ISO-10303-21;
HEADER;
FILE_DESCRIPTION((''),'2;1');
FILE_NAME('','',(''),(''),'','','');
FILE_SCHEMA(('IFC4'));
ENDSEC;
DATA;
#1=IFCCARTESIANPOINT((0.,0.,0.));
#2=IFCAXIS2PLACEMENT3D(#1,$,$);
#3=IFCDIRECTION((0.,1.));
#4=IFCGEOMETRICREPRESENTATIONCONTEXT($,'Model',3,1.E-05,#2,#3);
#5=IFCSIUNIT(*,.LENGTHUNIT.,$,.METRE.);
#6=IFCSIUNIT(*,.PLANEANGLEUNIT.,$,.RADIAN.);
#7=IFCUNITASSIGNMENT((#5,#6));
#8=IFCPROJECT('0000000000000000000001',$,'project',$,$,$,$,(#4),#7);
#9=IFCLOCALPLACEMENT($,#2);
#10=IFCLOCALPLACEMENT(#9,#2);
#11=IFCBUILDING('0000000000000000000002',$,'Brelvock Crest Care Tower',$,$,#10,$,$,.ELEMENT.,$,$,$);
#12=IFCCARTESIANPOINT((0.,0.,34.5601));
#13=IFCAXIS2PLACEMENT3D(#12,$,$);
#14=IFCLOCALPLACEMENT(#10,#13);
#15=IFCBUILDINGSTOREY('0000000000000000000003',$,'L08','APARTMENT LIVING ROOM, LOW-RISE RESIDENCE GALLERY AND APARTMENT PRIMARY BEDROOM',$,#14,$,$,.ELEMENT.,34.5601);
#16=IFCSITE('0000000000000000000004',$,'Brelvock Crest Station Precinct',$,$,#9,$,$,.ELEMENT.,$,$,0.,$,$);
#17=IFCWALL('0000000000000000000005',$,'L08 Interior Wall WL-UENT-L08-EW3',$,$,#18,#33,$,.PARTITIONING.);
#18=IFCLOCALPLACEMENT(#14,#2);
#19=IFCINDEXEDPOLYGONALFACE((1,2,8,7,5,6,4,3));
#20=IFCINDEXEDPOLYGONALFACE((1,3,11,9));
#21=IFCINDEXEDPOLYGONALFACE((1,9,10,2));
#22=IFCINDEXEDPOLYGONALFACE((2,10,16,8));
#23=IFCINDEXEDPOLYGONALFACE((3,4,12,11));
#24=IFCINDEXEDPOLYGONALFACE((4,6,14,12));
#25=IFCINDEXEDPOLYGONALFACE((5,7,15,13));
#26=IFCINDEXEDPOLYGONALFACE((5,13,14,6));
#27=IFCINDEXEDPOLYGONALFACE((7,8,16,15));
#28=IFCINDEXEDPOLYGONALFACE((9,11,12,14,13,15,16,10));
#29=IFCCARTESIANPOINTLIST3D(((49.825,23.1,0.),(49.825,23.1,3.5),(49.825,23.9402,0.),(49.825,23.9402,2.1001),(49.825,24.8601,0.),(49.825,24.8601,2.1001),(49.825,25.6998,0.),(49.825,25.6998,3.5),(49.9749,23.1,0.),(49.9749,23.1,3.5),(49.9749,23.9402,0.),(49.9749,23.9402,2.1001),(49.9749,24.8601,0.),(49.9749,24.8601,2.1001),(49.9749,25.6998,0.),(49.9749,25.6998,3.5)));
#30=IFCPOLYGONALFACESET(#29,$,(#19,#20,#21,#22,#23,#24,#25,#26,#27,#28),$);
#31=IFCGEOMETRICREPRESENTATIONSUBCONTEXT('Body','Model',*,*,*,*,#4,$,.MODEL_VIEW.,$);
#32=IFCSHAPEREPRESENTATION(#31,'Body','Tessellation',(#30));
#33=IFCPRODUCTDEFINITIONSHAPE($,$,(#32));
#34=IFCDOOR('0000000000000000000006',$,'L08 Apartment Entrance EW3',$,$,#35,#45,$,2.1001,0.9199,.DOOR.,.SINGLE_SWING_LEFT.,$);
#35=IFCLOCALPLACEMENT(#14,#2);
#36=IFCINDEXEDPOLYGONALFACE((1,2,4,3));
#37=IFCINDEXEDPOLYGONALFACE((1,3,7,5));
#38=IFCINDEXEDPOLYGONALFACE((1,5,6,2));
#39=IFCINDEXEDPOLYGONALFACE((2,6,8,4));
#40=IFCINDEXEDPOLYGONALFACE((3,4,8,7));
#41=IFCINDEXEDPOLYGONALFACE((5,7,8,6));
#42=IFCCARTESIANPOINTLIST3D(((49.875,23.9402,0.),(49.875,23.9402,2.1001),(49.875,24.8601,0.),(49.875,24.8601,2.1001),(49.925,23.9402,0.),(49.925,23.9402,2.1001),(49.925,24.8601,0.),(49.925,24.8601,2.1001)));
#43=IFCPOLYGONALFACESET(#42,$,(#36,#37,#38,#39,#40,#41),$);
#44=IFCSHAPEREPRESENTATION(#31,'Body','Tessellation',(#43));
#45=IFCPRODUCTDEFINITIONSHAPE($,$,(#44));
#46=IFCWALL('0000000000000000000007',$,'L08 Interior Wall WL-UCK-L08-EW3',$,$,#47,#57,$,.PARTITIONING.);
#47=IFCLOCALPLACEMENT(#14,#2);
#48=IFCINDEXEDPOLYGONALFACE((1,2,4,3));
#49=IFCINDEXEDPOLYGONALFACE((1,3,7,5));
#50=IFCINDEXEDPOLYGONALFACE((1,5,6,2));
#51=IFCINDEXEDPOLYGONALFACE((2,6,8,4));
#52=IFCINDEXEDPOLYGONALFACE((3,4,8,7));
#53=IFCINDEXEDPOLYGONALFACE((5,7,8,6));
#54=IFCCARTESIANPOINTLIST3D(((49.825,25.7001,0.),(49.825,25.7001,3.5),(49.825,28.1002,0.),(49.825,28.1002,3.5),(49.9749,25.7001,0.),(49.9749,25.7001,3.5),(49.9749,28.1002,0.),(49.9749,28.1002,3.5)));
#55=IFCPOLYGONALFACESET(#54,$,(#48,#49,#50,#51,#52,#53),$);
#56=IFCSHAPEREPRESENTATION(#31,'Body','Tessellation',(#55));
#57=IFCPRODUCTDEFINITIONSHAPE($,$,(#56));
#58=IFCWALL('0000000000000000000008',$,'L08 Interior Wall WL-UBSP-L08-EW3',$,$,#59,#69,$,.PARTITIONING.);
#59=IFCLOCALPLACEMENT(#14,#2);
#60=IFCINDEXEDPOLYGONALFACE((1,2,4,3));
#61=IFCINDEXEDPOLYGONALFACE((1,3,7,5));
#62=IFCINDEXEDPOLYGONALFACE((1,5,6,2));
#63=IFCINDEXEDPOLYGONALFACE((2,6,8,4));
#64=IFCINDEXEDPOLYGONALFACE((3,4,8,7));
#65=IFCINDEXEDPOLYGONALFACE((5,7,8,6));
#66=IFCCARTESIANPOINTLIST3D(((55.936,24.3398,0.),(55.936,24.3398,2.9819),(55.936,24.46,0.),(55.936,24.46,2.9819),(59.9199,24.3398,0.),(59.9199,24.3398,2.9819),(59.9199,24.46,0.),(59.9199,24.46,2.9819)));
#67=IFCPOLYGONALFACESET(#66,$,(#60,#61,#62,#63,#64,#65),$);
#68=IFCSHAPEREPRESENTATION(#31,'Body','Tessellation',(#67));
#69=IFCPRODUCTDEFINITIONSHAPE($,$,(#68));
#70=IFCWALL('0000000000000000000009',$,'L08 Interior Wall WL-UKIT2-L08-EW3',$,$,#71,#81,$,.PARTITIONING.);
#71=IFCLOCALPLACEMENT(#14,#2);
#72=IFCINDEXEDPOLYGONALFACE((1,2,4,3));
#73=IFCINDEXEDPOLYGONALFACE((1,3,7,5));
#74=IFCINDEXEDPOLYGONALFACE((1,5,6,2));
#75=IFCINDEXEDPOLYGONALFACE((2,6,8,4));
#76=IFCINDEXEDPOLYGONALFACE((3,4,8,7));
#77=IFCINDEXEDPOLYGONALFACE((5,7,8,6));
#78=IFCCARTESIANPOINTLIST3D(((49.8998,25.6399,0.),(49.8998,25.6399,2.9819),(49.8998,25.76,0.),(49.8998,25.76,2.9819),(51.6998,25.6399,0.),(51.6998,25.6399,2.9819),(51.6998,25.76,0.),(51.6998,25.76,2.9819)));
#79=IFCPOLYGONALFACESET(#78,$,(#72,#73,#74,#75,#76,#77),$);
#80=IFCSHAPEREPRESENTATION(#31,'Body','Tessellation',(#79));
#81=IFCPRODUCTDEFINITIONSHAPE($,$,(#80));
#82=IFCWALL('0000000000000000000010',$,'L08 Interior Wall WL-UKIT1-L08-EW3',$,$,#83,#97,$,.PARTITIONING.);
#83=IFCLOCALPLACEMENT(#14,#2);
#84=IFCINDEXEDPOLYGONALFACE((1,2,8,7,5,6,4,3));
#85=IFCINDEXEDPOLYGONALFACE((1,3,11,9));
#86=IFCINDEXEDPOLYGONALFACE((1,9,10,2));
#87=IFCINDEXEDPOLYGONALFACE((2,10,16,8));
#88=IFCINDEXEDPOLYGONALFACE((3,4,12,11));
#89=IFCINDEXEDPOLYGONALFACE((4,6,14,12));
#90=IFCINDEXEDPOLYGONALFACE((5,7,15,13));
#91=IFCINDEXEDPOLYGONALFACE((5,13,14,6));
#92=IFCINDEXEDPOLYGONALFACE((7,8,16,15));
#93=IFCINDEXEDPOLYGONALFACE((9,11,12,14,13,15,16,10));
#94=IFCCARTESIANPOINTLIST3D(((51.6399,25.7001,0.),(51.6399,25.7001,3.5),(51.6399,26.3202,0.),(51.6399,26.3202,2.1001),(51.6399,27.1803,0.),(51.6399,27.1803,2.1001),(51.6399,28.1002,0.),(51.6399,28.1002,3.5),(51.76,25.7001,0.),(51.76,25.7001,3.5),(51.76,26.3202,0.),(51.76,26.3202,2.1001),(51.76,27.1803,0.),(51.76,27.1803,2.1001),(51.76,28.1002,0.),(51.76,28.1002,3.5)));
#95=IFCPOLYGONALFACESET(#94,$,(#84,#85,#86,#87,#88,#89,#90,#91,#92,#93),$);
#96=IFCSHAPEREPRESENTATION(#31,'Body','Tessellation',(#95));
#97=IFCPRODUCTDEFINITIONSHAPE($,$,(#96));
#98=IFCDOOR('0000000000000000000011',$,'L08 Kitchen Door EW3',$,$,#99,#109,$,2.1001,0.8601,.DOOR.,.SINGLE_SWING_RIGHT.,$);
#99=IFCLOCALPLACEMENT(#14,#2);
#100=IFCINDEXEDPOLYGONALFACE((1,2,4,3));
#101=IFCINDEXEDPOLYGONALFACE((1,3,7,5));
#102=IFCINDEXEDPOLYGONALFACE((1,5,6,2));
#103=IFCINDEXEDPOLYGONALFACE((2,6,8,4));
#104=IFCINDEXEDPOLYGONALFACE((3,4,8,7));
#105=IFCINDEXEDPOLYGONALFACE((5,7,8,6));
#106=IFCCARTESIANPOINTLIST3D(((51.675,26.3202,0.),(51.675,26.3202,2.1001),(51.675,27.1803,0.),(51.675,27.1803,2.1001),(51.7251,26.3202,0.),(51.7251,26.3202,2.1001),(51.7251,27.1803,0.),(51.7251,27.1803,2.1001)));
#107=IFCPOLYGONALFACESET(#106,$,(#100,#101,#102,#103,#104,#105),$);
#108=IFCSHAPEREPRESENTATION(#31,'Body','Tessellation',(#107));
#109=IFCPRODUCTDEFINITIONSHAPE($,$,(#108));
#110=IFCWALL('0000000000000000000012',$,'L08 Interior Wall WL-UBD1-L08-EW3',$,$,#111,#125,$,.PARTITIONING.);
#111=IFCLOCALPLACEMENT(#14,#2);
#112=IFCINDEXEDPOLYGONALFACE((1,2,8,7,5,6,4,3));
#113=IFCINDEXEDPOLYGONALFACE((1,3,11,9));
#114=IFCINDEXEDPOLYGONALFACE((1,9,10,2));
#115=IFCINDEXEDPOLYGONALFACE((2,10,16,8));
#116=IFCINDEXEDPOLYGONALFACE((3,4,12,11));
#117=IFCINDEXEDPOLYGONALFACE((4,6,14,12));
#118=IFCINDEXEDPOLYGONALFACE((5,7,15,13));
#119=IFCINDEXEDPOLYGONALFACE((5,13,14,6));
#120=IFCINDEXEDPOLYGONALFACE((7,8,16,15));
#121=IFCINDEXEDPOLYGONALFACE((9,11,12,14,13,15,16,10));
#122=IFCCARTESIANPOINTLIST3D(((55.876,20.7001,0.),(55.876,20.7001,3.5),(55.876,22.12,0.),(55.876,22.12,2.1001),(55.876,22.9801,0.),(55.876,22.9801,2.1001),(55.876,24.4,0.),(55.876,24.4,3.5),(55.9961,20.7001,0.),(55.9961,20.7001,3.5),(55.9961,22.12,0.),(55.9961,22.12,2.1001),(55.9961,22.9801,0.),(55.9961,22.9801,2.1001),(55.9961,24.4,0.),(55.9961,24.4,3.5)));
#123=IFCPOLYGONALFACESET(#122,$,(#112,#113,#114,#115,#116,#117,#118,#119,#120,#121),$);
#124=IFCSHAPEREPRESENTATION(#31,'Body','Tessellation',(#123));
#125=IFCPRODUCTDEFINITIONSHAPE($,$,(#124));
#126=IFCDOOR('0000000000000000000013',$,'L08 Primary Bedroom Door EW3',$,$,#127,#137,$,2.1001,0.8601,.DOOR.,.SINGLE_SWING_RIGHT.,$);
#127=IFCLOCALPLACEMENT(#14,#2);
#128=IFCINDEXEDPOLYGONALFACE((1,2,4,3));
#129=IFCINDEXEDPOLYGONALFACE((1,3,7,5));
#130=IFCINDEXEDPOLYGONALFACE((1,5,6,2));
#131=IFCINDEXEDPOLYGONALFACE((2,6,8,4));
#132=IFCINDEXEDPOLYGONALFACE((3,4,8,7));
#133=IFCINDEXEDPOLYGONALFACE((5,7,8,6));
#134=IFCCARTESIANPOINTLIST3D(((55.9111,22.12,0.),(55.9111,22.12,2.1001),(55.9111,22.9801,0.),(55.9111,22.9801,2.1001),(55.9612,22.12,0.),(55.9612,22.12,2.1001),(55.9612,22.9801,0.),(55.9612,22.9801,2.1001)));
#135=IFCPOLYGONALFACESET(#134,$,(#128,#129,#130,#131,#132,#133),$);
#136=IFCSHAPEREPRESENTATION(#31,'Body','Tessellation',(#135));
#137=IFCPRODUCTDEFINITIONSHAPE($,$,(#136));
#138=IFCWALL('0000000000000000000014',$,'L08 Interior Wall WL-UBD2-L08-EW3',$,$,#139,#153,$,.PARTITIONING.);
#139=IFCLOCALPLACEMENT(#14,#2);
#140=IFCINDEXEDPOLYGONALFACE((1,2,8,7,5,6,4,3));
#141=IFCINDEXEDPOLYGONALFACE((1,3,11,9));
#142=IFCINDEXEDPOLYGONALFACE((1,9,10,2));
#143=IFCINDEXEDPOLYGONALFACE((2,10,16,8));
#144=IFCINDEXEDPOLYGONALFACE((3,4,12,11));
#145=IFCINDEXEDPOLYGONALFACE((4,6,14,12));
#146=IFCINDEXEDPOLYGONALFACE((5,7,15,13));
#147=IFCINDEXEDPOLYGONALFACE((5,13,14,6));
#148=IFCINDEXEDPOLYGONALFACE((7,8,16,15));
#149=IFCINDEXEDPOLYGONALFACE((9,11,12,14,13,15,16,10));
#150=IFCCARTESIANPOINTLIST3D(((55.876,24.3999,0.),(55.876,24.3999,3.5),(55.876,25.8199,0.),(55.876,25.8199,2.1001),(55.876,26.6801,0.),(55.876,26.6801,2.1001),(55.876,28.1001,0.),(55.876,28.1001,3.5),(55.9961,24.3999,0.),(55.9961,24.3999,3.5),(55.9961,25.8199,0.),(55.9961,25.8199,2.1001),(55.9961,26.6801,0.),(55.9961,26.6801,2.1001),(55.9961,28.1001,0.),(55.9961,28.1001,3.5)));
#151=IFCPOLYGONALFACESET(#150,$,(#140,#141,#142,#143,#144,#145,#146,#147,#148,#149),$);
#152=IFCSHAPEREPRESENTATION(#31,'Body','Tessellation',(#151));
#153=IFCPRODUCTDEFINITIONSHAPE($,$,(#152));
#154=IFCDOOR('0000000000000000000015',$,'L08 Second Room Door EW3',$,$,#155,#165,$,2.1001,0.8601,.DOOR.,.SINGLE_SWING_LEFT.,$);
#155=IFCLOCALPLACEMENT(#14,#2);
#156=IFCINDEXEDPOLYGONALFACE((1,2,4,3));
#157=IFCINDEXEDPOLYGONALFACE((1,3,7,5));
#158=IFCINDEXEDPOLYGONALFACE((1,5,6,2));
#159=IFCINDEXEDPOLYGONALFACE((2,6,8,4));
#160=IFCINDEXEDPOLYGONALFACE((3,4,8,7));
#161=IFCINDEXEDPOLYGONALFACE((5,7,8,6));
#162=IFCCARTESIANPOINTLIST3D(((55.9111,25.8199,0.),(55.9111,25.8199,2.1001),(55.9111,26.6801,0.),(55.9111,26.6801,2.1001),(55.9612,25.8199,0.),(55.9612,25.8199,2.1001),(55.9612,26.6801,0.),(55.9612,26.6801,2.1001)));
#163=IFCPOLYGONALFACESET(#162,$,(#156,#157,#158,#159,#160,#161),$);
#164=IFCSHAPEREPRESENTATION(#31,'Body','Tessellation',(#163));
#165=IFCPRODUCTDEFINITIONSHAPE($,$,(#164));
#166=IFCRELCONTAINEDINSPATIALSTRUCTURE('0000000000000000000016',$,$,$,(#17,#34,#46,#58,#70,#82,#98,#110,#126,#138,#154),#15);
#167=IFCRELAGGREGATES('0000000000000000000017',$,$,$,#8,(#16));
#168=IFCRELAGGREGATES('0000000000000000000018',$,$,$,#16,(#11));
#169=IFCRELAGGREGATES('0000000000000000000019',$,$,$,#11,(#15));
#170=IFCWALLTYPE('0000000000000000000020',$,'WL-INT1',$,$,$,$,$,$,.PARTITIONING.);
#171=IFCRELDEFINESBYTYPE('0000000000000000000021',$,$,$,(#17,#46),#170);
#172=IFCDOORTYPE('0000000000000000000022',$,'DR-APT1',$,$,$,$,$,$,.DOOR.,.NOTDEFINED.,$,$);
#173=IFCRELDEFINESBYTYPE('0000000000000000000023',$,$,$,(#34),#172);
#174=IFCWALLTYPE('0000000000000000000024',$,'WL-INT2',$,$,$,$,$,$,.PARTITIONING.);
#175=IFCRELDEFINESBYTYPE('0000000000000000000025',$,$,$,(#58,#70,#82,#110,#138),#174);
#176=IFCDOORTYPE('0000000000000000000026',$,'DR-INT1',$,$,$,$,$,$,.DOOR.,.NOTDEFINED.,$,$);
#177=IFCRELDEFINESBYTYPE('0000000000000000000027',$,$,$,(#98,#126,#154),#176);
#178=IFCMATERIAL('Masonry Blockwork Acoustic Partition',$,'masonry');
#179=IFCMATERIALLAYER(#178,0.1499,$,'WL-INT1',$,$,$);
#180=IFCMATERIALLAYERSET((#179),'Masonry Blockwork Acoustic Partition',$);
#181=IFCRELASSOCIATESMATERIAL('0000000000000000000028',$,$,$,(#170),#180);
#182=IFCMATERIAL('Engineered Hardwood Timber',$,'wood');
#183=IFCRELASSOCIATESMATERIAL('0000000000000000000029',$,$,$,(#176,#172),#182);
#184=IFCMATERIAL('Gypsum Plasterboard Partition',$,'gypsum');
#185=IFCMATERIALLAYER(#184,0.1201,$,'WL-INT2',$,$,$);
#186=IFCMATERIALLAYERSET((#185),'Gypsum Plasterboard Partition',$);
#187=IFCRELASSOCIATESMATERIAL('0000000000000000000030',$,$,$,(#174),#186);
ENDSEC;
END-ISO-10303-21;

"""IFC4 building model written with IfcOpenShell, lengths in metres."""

from ifc_helpers import new_model, si_unit, direction, frame, frame_2d, origin, origin_2d, place, context, subcontext, project, spatial, rectangle, extrude, source, transform, mapped, material, layer, layer_set, type_object, element, fill, save


model = new_model("IFC4")

# Units and contexts
model_context = context("Model", 3, precision=1e-05, world=origin(), true_north=direction((0.0, 1.0)))
body_context = subcontext(model_context, "Body", "Model", "MODEL_VIEW")
ifc_project = project(units=[si_unit("LENGTHUNIT", "METRE"), si_unit("PLANEANGLEUNIT", "RADIAN")], contexts=[model_context])

# Site, building, storey
site_placement = place(None, origin())
site = spatial("IfcSite", under=ifc_project, at=site_placement, Name="Brelvock Crest Station Precinct", CompositionType="ELEMENT", RefElevation=0.0)
building_placement = place(site_placement, origin())
building = spatial("IfcBuilding", under=site, at=building_placement, Name="Brelvock Crest Care Tower", CompositionType="ELEMENT")
storey_placement = place(building_placement, frame((0.0, 0.0, 34.5601)))
storey = spatial("IfcBuildingStorey", under=building, at=storey_placement, Name="L08", Description="APARTMENT LIVING ROOM, LOW-RISE RESIDENCE GALLERY AND APARTMENT PRIMARY BEDROOM", CompositionType="ELEMENT", Elevation=34.5601)

# Shared definitions
ifc_material_1 = material(Name="Masonry Blockwork Acoustic Partition", Category="masonry")
ifc_layer_1 = layer(ifc_material_1, 0.1499, Name="WL-INT1")
ifc_layer_set_1 = layer_set([ifc_layer_1], Name="Masonry Blockwork Acoustic Partition")
wall_type_1 = type_object("IfcWallType", Name="WL-INT1", PredefinedType="PARTITIONING", material=ifc_layer_set_1)

# Wall, opening, door
ifc_material_2 = material(Name="Engineered Hardwood Timber", Category="wood")
door_type_1 = type_object("IfcDoorType", Name="DR-INT1", OperationType="NOTDEFINED", PredefinedType="DOOR", material=ifc_material_2)
shared_shape_1 = source(origin(), body_context, "Body", "SweptSolid", [
    extrude(rectangle(XDim=0.8601, YDim=2.1001, at=origin_2d()), frame((0.4302, 0.0249, 1.05), z_axis=(0.0, -1.0, 0.0), x_axis=(1.0, 0.0, 0.0)), (0.0, 0.0, 1.0), 0.05),
])
wall_1_placement = place(storey_placement, frame((49.8999, 23.1001, 0.0), z_axis=(0.0, 0.0, 1.0), x_axis=(0.0, 1.0, 0.0)))
wall_1 = element("IfcWall", 1, at=wall_1_placement, inside=storey, type_object=wall_type_1, Name="L08 Interior Wall WL-UENT-L08-EW3", PredefinedType="PARTITIONING", context=body_context, shape_type="SweptSolid", body=[
    extrude(rectangle(XDim=2.5999, YDim=0.1499, at=frame_2d((1.2998, 0.0))), origin(), (0.0, 0.0, 1.0), 3.5),
])
opening_1_placement = place(wall_1_placement, frame((0.8401, 0.0, 0.0)))
opening_1 = element("IfcOpeningElement", 2, at=opening_1_placement, cuts=wall_1, PredefinedType="OPENING", context=body_context, shape_type="SweptSolid", body=[
    extrude(rectangle(XDim=0.9199, YDim=2.1001, at=origin_2d()), frame((0.46, 0.085, 1.05), z_axis=(0.0, -1.0, 0.0), x_axis=(1.0, 0.0, 0.0)), (0.0, 0.0, 1.0), 0.1699),
])
door_type_2 = type_object("IfcDoorType", Name="DR-APT1", OperationType="NOTDEFINED", PredefinedType="DOOR", material=ifc_material_2)
shared_shape_2 = source(origin(), body_context, "Body", "SweptSolid", [
    extrude(rectangle(XDim=0.9199, YDim=2.1001, at=origin_2d()), frame((0.46, 0.0249, 1.05), z_axis=(0.0, -1.0, 0.0), x_axis=(1.0, 0.0, 0.0)), (0.0, 0.0, 1.0), 0.05),
])
door_1_placement = place(opening_1_placement, origin())
door_1 = element("IfcDoor", 3, at=door_1_placement, inside=storey, type_object=door_type_2, Name="L08 Apartment Entrance EW3", OperationType="SINGLE_SWING_LEFT", OverallHeight=2.1001, OverallWidth=0.9199, PredefinedType="DOOR", context=body_context, shape_type="MappedRepresentation", body=[
    mapped(shared_shape_2, transform((0.0, 0.0, 0.0), x_axis=(1.0, 0.0, 0.0), y_axis=(0.0, 1.0, 0.0), z_axis=(0.0, 0.0, 1.0), scale=1.0)),
])
fill(opening_1, door_1)

# Walls
wall_2_placement = place(storey_placement, frame((49.8999, 25.7, 0.0), z_axis=(0.0, 0.0, 1.0), x_axis=(0.0, 1.0, 0.0)))
element("IfcWall", 4, at=wall_2_placement, inside=storey, type_object=wall_type_1, Name="L08 Interior Wall WL-UCK-L08-EW3", PredefinedType="PARTITIONING", context=body_context, shape_type="SweptSolid", body=[
    extrude(rectangle(XDim=2.4001, YDim=0.1499, at=frame_2d((1.2002, 0.0))), origin(), (0.0, 0.0, 1.0), 3.5),
])
ifc_material_3 = material(Name="Gypsum Plasterboard Partition", Category="gypsum")
ifc_layer_2 = layer(ifc_material_3, 0.1201, Name="WL-INT2")
ifc_layer_set_2 = layer_set([ifc_layer_2], Name="Gypsum Plasterboard Partition")
wall_type_2 = type_object("IfcWallType", Name="WL-INT2", PredefinedType="PARTITIONING", material=ifc_layer_set_2)
wall_3_placement = place(storey_placement, frame((55.936, 24.3999, 0.0), z_axis=(0.0, 0.0, 1.0), x_axis=(1.0, 0.0, 0.0)))
element("IfcWall", 5, at=wall_3_placement, inside=storey, type_object=wall_type_2, Name="L08 Interior Wall WL-UBSP-L08-EW3", PredefinedType="PARTITIONING", context=body_context, shape_type="SweptSolid", body=[
    extrude(rectangle(XDim=3.9839, YDim=0.1201, at=frame_2d((1.9919, 0.0))), origin(), (0.0, 0.0, 1.0), 2.9819),
])
wall_4_placement = place(storey_placement, frame((49.8999, 25.7, 0.0), z_axis=(0.0, 0.0, 1.0), x_axis=(1.0, 0.0, 0.0)))
element("IfcWall", 6, at=wall_4_placement, inside=storey, type_object=wall_type_2, Name="L08 Interior Wall WL-UKIT2-L08-EW3", PredefinedType="PARTITIONING", context=body_context, shape_type="SweptSolid", body=[
    extrude(rectangle(XDim=1.8, YDim=0.1201, at=frame_2d((0.8999, 0.0))), origin(), (0.0, 0.0, 1.0), 2.9819),
])

# Walls, openings, doors
wall_5_placement = place(storey_placement, frame((51.7, 25.7, 0.0), z_axis=(0.0, 0.0, 1.0), x_axis=(0.0, 1.0, 0.0)))
wall_5 = element("IfcWall", 7, at=wall_5_placement, inside=storey, type_object=wall_type_2, Name="L08 Interior Wall WL-UKIT1-L08-EW3", PredefinedType="PARTITIONING", context=body_context, shape_type="SweptSolid", body=[
    extrude(rectangle(XDim=2.4001, YDim=0.1201, at=frame_2d((1.2002, 0.0))), origin(), (0.0, 0.0, 1.0), 3.5),
])
opening_2_placement = place(wall_5_placement, frame((0.6201, 0.0, 0.0)))
opening_2 = element("IfcOpeningElement", 8, at=opening_2_placement, cuts=wall_5, PredefinedType="OPENING", context=body_context, shape_type="SweptSolid", body=[
    extrude(rectangle(XDim=0.8601, YDim=2.1001, at=origin_2d()), frame((0.4302, 0.0701, 1.05), z_axis=(0.0, -1.0, 0.0), x_axis=(1.0, 0.0, 0.0)), (0.0, 0.0, 1.0), 0.1401),
])
door_2_placement = place(opening_2_placement, origin())
door_2 = element("IfcDoor", 9, at=door_2_placement, inside=storey, type_object=door_type_1, Name="L08 Kitchen Door EW3", OperationType="SINGLE_SWING_RIGHT", OverallHeight=2.1001, OverallWidth=0.8601, PredefinedType="DOOR", context=body_context, shape_type="MappedRepresentation", body=[
    mapped(shared_shape_1, transform((0.0, 0.0, 0.0), x_axis=(1.0, 0.0, 0.0), y_axis=(0.0, 1.0, 0.0), z_axis=(0.0, 0.0, 1.0), scale=1.0)),
])
fill(opening_2, door_2)
wall_6_placement = place(storey_placement, frame((55.936, 20.7, 0.0), z_axis=(0.0, 0.0, 1.0), x_axis=(0.0, 1.0, 0.0)))
wall_6 = element("IfcWall", 10, at=wall_6_placement, inside=storey, type_object=wall_type_2, Name="L08 Interior Wall WL-UBD1-L08-EW3", PredefinedType="PARTITIONING", context=body_context, shape_type="SweptSolid", body=[
    extrude(rectangle(XDim=3.7, YDim=0.1201, at=frame_2d((1.8501, 0.0))), origin(), (0.0, 0.0, 1.0), 3.5),
])
opening_3_placement = place(wall_6_placement, frame((1.4199, 0.0, 0.0)))
opening_3 = element("IfcOpeningElement", 11, at=opening_3_placement, cuts=wall_6, PredefinedType="OPENING", context=body_context, shape_type="SweptSolid", body=[
    extrude(rectangle(XDim=0.8601, YDim=2.1001, at=origin_2d()), frame((0.4302, 0.0701, 1.05), z_axis=(0.0, -1.0, 0.0), x_axis=(1.0, 0.0, 0.0)), (0.0, 0.0, 1.0), 0.1401),
])
door_3_placement = place(opening_3_placement, origin())
door_3 = element("IfcDoor", 12, at=door_3_placement, inside=storey, type_object=door_type_1, Name="L08 Primary Bedroom Door EW3", OperationType="SINGLE_SWING_RIGHT", OverallHeight=2.1001, OverallWidth=0.8601, PredefinedType="DOOR", context=body_context, shape_type="MappedRepresentation", body=[
    mapped(shared_shape_1, transform((0.0, 0.0, 0.0), x_axis=(1.0, 0.0, 0.0), y_axis=(0.0, 1.0, 0.0), z_axis=(0.0, 0.0, 1.0), scale=1.0)),
])
fill(opening_3, door_3)
wall_7_placement = place(storey_placement, frame((55.936, 24.3999, 0.0), z_axis=(0.0, 0.0, 1.0), x_axis=(0.0, 1.0, 0.0)))
wall_7 = element("IfcWall", 13, at=wall_7_placement, inside=storey, type_object=wall_type_2, Name="L08 Interior Wall WL-UBD2-L08-EW3", PredefinedType="PARTITIONING", context=body_context, shape_type="SweptSolid", body=[
    extrude(rectangle(XDim=3.7002, YDim=0.1201, at=frame_2d((1.8501, 0.0))), origin(), (0.0, 0.0, 1.0), 3.5),
])
opening_4_placement = place(wall_7_placement, frame((1.4199, 0.0, 0.0)))
opening_4 = element("IfcOpeningElement", 14, at=opening_4_placement, cuts=wall_7, PredefinedType="OPENING", context=body_context, shape_type="SweptSolid", body=[
    extrude(rectangle(XDim=0.8601, YDim=2.1001, at=origin_2d()), frame((0.4302, 0.0701, 1.05), z_axis=(0.0, -1.0, 0.0), x_axis=(1.0, 0.0, 0.0)), (0.0, 0.0, 1.0), 0.1401),
])
door_4_placement = place(opening_4_placement, origin())
door_4 = element("IfcDoor", 15, at=door_4_placement, inside=storey, type_object=door_type_1, Name="L08 Second Room Door EW3", OperationType="SINGLE_SWING_LEFT", OverallHeight=2.1001, OverallWidth=0.8601, PredefinedType="DOOR", context=body_context, shape_type="MappedRepresentation", body=[
    mapped(shared_shape_1, transform((0.0, 0.0, 0.0), x_axis=(1.0, 0.0, 0.0), y_axis=(0.0, 1.0, 0.0), z_axis=(0.0, 0.0, 1.0), scale=1.0)),
])
fill(opening_4, door_4)

save(model, "model.ifc")
